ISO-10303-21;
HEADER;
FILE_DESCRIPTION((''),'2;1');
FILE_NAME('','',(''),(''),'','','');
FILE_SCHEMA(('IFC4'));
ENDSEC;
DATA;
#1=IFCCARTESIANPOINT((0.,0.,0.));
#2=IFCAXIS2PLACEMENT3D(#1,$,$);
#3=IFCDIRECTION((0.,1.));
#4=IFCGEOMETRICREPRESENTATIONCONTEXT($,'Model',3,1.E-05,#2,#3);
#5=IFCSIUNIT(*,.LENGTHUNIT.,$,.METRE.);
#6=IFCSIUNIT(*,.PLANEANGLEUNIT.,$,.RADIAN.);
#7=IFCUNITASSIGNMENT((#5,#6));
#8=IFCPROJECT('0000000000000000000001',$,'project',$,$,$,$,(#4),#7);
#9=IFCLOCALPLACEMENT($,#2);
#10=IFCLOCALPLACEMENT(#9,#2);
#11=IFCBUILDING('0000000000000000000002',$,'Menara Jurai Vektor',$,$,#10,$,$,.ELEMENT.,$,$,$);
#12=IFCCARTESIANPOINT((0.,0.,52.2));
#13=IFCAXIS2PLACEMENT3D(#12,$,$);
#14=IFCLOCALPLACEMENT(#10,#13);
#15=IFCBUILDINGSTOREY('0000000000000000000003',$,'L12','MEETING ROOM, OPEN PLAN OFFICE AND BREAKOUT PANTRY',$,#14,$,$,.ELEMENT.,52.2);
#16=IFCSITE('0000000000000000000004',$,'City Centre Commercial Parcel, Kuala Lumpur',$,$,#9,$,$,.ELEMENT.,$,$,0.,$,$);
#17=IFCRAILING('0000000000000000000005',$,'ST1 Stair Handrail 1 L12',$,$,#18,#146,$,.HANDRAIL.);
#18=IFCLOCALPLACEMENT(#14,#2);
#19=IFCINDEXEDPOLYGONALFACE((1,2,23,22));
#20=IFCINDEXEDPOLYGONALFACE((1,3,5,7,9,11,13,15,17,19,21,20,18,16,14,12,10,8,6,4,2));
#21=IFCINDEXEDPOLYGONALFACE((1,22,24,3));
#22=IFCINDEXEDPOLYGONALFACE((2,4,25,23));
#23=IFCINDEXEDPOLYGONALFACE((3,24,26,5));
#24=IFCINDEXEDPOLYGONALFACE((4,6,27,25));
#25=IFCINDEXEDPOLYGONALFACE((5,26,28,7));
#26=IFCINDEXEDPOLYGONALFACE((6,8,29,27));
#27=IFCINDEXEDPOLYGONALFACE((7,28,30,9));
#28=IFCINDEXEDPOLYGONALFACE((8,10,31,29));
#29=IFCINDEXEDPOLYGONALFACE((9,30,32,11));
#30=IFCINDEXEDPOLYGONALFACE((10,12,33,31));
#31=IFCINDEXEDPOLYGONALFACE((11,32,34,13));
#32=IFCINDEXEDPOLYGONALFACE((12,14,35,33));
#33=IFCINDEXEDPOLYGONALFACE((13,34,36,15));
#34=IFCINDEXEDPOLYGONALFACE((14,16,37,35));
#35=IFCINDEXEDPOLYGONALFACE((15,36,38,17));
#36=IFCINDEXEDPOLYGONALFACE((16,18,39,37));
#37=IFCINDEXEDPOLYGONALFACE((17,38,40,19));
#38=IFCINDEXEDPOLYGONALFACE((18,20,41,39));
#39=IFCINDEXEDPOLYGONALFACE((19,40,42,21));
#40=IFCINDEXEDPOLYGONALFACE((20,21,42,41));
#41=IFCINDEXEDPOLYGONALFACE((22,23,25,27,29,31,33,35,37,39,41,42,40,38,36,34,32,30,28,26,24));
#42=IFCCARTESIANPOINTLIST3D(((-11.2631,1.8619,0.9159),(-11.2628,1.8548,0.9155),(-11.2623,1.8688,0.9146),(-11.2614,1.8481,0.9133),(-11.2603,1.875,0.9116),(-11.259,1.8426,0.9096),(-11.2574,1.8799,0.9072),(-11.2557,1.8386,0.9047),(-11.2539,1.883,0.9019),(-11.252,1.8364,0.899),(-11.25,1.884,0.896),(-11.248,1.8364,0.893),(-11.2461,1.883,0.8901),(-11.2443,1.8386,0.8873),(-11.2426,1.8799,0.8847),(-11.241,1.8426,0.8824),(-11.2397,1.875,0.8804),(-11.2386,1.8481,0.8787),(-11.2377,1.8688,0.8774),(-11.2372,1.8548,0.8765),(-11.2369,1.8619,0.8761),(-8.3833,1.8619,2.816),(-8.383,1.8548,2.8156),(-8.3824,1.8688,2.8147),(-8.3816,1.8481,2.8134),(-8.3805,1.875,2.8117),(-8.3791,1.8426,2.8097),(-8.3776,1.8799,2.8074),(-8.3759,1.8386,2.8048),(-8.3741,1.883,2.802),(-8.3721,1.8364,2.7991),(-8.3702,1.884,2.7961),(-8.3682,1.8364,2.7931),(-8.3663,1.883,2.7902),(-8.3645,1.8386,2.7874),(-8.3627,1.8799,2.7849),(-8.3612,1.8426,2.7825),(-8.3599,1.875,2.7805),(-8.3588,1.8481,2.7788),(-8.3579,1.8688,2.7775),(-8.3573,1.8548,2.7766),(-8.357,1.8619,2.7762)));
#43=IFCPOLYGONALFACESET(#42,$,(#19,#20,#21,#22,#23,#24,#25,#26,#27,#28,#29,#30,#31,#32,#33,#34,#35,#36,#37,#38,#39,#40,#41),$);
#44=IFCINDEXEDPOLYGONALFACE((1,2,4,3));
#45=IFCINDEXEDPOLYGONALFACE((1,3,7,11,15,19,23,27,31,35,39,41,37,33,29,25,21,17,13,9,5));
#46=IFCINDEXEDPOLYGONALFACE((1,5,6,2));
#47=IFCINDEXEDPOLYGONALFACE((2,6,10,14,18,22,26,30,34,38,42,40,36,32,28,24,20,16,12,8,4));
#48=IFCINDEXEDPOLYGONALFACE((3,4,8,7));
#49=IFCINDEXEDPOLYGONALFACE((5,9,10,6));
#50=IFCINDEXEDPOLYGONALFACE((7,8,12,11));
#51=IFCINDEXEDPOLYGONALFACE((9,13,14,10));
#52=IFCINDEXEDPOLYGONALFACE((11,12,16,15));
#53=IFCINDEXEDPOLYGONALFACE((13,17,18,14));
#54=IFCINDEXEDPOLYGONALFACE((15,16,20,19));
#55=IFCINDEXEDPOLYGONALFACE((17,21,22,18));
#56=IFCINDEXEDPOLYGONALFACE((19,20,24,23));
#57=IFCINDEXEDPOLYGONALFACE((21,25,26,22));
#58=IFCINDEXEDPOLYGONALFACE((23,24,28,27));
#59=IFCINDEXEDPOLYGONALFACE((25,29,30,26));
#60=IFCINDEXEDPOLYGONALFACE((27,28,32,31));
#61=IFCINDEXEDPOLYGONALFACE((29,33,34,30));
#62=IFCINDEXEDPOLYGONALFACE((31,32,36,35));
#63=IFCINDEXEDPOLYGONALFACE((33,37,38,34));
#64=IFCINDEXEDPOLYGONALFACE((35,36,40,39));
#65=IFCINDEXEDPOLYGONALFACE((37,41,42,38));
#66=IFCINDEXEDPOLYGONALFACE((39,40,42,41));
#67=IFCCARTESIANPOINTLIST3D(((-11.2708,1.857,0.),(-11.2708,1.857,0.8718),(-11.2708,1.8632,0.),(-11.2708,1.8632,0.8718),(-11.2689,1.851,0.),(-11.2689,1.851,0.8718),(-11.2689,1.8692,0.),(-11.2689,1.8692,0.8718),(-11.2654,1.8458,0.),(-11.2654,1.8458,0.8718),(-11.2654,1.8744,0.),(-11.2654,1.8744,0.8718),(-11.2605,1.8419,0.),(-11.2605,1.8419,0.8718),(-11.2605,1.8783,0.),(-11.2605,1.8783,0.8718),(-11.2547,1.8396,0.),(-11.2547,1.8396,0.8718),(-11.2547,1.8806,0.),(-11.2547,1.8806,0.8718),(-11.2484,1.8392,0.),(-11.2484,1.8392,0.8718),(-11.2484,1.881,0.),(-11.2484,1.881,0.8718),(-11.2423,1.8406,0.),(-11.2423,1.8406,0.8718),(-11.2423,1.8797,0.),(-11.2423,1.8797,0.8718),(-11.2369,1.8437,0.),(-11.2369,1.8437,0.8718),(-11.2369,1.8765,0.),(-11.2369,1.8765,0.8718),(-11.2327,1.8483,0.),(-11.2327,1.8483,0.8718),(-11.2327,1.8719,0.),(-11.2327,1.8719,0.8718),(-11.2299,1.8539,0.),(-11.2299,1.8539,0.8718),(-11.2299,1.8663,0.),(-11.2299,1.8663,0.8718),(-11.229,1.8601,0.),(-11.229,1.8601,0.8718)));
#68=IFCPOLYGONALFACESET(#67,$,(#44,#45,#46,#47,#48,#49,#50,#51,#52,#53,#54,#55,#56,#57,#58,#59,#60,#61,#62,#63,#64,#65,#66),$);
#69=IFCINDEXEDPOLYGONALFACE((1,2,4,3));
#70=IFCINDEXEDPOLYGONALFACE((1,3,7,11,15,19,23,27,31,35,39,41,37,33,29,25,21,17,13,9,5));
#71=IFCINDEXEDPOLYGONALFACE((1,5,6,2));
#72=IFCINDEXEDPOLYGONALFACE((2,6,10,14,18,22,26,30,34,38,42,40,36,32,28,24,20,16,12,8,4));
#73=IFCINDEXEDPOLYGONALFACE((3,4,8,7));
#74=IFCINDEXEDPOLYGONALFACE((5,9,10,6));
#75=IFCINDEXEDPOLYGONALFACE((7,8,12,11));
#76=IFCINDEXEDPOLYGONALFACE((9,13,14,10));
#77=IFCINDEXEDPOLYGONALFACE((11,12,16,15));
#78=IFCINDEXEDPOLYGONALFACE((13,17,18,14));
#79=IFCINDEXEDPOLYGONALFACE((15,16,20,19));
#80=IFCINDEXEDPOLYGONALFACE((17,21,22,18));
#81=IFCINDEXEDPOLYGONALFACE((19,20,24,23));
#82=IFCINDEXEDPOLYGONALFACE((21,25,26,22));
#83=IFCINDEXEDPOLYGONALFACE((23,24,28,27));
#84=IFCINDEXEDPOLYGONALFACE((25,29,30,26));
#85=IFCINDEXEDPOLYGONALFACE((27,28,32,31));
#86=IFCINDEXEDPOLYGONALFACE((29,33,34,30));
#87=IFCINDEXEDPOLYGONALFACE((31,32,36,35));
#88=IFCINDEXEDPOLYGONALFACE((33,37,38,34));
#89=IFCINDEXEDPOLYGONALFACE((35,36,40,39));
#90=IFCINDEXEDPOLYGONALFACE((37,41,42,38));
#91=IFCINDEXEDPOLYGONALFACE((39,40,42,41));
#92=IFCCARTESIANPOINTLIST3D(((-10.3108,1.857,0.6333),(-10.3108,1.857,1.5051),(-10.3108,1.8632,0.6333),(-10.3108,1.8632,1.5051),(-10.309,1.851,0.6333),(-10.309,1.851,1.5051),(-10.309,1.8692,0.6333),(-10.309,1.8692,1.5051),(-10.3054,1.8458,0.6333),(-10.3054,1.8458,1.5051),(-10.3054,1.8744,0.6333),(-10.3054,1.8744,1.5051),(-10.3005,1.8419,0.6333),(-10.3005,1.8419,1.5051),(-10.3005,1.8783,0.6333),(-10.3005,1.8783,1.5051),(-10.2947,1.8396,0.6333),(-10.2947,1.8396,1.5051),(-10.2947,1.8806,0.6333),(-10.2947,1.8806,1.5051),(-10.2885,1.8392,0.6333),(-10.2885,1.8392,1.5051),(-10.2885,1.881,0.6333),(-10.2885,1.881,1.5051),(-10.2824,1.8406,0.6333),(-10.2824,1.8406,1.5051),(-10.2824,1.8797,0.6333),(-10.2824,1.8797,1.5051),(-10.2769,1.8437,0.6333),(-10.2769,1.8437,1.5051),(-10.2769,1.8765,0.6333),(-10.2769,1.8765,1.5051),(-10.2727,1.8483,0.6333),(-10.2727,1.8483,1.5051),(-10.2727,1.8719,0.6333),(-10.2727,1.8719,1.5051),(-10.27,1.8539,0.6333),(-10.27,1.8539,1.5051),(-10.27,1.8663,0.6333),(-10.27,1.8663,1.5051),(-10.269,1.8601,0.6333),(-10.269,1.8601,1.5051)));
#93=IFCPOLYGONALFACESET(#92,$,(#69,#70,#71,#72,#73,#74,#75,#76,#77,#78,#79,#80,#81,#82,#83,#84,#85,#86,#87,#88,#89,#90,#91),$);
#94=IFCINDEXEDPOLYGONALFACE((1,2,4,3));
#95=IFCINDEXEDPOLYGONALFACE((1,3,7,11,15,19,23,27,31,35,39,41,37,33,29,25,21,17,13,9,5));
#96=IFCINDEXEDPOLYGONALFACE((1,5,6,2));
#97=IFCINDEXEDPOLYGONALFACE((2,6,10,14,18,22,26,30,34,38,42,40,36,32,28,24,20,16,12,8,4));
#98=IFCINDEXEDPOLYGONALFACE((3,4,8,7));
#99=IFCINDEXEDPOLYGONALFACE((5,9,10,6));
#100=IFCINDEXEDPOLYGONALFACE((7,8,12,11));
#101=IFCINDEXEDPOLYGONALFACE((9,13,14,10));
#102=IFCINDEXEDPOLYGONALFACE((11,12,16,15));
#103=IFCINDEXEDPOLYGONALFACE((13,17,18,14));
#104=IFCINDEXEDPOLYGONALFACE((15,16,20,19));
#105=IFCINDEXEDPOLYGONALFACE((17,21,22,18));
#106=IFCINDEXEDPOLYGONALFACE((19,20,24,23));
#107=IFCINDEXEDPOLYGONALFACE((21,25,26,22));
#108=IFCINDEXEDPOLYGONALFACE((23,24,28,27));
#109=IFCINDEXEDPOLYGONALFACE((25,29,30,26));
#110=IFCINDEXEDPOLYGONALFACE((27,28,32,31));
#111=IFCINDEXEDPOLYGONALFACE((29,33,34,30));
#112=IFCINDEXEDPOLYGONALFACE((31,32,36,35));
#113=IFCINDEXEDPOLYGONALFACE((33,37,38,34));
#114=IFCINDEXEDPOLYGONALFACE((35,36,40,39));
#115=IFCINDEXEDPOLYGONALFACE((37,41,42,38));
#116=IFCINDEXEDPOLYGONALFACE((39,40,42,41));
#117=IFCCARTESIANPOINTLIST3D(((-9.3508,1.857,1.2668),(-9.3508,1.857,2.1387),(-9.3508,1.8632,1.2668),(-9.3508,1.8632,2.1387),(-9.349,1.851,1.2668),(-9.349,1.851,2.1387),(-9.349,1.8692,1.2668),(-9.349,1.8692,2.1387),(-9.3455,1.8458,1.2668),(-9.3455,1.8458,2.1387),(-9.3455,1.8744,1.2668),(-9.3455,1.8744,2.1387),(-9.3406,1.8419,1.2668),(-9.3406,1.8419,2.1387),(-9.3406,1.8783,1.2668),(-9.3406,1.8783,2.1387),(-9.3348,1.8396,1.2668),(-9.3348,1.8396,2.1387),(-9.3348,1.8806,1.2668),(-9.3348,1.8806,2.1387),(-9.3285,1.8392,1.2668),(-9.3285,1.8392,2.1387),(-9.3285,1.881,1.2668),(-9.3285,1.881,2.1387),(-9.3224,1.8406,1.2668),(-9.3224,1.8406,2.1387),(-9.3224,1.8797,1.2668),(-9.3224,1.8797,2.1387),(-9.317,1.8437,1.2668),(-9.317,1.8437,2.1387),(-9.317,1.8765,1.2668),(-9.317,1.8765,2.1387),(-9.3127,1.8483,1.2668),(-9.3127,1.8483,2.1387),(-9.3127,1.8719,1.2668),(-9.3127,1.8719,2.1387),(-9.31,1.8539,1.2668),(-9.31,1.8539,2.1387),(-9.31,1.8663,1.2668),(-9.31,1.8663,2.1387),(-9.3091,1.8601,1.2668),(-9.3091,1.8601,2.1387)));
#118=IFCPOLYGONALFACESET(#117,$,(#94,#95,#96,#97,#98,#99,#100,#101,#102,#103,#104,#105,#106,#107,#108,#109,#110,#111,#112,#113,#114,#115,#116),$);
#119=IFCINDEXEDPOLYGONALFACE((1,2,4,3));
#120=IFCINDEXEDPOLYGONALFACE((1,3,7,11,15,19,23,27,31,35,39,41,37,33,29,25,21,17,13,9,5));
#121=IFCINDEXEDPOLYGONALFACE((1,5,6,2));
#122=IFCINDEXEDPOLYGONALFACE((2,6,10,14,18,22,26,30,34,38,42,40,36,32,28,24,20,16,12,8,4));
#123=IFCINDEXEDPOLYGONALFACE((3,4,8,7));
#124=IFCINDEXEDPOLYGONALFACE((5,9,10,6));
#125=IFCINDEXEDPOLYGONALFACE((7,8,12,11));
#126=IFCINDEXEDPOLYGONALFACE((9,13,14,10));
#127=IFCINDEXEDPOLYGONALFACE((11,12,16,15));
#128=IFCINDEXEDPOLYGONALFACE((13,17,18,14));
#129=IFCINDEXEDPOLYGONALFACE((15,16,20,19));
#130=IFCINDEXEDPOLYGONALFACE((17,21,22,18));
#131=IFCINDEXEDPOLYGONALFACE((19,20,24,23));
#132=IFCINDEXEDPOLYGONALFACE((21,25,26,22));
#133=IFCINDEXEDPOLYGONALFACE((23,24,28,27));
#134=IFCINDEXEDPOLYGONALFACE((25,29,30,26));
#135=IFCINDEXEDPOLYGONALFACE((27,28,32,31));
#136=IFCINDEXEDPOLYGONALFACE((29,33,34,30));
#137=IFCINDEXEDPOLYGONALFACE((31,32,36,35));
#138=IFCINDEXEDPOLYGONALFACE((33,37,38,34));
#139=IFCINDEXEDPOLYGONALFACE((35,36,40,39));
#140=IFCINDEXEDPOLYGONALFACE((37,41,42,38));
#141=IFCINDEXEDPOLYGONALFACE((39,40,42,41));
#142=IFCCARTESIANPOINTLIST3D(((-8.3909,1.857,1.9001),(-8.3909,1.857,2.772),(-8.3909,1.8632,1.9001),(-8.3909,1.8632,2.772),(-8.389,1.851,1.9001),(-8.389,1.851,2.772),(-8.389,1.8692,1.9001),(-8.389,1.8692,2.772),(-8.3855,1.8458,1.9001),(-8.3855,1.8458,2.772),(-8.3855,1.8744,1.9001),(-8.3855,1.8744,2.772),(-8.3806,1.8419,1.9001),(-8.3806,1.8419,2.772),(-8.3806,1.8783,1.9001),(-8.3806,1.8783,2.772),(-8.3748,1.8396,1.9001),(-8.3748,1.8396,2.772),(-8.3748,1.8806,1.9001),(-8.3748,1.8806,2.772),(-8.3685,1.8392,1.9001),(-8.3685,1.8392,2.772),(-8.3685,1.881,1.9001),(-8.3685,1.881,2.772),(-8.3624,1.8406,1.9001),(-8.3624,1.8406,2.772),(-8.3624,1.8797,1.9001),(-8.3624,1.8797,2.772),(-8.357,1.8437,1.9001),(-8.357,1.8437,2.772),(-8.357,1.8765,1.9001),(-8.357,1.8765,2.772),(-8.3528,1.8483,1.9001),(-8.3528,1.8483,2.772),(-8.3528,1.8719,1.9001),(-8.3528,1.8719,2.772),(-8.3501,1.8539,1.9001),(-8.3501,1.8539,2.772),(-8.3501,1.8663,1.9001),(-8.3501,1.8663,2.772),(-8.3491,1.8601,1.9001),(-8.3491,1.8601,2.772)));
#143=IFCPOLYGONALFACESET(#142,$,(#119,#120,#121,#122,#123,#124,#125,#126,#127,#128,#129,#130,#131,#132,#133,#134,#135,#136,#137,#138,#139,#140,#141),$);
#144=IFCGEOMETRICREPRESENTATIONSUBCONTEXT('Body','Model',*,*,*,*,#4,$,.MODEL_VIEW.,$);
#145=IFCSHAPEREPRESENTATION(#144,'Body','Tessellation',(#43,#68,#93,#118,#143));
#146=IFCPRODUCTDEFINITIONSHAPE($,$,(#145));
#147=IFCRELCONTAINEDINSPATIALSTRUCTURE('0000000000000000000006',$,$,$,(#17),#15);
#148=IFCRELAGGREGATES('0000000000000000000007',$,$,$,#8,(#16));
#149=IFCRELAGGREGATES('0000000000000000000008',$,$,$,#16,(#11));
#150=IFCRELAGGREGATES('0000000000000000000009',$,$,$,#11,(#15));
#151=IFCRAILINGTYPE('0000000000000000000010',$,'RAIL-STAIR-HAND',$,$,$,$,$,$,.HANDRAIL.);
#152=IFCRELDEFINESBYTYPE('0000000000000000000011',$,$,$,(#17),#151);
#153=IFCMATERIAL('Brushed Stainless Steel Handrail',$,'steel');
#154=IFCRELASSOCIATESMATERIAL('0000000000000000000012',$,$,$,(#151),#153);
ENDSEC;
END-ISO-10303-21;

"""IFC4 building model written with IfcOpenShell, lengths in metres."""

from ifc_helpers import new_model, si_unit, direction, frame, origin, origin_2d, place, context, subcontext, project, spatial, circle, extrude, material, type_object, element, save


model = new_model("IFC4")

# Units and contexts
model_context = context("Model", 3, precision=1e-05, world=origin(), true_north=direction((0.0, 1.0)))
body_context = subcontext(model_context, "Body", "Model", "MODEL_VIEW")
ifc_project = project(units=[si_unit("LENGTHUNIT", "METRE"), si_unit("PLANEANGLEUNIT", "RADIAN")], contexts=[model_context])

# Site, building, storey
site_placement = place(None, origin())
site = spatial("IfcSite", under=ifc_project, at=site_placement, Name="City Centre Commercial Parcel, Kuala Lumpur", CompositionType="ELEMENT", RefElevation=0.0)
building_placement = place(site_placement, origin())
building = spatial("IfcBuilding", under=site, at=building_placement, Name="Menara Jurai Vektor", CompositionType="ELEMENT")
storey_placement = place(building_placement, frame((0.0, 0.0, 52.2)))
storey = spatial("IfcBuildingStorey", under=building, at=storey_placement, Name="L12", Description="MEETING ROOM, OPEN PLAN OFFICE AND BREAKOUT PANTRY", CompositionType="ELEMENT", Elevation=52.2)

# Railing
ifc_material_1 = material(Name="Brushed Stainless Steel Handrail", Category="steel")
railing_type_1 = type_object("IfcRailingType", Name="RAIL-STAIR-HAND", PredefinedType="HANDRAIL", material=ifc_material_1)
railing_1_placement = place(storey_placement, frame((-11.25, 1.8601, 0.0)))
element("IfcRailing", 1, at=railing_1_placement, inside=storey, type_object=railing_type_1, Name="ST1 Stair Handrail 1 L12", PredefinedType="HANDRAIL", context=body_context, shape_type="SweptSolid", body=[
    extrude(circle(Radius=0.0239, at=origin_2d()), frame((0.0, 0.0, 0.896), z_axis=(0.834686, 0.0, 0.550726), x_axis=(0.0, 1.0, 0.0)), (0.0, 0.0, 1.0), 3.4502),
    extrude(circle(Radius=0.021, at=origin_2d()), origin(), (0.0, 0.0, 1.0), 0.8718),
    extrude(circle(Radius=0.021, at=origin_2d()), frame((0.96, 0.0, 0.6333)), (0.0, 0.0, 1.0), 0.8718),
    extrude(circle(Radius=0.021, at=origin_2d()), frame((1.9199, 0.0, 1.2668)), (0.0, 0.0, 1.0), 0.8718),
    extrude(circle(Radius=0.021, at=origin_2d()), frame((2.8799, 0.0, 1.9001)), (0.0, 0.0, 1.0), 0.8718),
])

save(model, "model.ifc")
